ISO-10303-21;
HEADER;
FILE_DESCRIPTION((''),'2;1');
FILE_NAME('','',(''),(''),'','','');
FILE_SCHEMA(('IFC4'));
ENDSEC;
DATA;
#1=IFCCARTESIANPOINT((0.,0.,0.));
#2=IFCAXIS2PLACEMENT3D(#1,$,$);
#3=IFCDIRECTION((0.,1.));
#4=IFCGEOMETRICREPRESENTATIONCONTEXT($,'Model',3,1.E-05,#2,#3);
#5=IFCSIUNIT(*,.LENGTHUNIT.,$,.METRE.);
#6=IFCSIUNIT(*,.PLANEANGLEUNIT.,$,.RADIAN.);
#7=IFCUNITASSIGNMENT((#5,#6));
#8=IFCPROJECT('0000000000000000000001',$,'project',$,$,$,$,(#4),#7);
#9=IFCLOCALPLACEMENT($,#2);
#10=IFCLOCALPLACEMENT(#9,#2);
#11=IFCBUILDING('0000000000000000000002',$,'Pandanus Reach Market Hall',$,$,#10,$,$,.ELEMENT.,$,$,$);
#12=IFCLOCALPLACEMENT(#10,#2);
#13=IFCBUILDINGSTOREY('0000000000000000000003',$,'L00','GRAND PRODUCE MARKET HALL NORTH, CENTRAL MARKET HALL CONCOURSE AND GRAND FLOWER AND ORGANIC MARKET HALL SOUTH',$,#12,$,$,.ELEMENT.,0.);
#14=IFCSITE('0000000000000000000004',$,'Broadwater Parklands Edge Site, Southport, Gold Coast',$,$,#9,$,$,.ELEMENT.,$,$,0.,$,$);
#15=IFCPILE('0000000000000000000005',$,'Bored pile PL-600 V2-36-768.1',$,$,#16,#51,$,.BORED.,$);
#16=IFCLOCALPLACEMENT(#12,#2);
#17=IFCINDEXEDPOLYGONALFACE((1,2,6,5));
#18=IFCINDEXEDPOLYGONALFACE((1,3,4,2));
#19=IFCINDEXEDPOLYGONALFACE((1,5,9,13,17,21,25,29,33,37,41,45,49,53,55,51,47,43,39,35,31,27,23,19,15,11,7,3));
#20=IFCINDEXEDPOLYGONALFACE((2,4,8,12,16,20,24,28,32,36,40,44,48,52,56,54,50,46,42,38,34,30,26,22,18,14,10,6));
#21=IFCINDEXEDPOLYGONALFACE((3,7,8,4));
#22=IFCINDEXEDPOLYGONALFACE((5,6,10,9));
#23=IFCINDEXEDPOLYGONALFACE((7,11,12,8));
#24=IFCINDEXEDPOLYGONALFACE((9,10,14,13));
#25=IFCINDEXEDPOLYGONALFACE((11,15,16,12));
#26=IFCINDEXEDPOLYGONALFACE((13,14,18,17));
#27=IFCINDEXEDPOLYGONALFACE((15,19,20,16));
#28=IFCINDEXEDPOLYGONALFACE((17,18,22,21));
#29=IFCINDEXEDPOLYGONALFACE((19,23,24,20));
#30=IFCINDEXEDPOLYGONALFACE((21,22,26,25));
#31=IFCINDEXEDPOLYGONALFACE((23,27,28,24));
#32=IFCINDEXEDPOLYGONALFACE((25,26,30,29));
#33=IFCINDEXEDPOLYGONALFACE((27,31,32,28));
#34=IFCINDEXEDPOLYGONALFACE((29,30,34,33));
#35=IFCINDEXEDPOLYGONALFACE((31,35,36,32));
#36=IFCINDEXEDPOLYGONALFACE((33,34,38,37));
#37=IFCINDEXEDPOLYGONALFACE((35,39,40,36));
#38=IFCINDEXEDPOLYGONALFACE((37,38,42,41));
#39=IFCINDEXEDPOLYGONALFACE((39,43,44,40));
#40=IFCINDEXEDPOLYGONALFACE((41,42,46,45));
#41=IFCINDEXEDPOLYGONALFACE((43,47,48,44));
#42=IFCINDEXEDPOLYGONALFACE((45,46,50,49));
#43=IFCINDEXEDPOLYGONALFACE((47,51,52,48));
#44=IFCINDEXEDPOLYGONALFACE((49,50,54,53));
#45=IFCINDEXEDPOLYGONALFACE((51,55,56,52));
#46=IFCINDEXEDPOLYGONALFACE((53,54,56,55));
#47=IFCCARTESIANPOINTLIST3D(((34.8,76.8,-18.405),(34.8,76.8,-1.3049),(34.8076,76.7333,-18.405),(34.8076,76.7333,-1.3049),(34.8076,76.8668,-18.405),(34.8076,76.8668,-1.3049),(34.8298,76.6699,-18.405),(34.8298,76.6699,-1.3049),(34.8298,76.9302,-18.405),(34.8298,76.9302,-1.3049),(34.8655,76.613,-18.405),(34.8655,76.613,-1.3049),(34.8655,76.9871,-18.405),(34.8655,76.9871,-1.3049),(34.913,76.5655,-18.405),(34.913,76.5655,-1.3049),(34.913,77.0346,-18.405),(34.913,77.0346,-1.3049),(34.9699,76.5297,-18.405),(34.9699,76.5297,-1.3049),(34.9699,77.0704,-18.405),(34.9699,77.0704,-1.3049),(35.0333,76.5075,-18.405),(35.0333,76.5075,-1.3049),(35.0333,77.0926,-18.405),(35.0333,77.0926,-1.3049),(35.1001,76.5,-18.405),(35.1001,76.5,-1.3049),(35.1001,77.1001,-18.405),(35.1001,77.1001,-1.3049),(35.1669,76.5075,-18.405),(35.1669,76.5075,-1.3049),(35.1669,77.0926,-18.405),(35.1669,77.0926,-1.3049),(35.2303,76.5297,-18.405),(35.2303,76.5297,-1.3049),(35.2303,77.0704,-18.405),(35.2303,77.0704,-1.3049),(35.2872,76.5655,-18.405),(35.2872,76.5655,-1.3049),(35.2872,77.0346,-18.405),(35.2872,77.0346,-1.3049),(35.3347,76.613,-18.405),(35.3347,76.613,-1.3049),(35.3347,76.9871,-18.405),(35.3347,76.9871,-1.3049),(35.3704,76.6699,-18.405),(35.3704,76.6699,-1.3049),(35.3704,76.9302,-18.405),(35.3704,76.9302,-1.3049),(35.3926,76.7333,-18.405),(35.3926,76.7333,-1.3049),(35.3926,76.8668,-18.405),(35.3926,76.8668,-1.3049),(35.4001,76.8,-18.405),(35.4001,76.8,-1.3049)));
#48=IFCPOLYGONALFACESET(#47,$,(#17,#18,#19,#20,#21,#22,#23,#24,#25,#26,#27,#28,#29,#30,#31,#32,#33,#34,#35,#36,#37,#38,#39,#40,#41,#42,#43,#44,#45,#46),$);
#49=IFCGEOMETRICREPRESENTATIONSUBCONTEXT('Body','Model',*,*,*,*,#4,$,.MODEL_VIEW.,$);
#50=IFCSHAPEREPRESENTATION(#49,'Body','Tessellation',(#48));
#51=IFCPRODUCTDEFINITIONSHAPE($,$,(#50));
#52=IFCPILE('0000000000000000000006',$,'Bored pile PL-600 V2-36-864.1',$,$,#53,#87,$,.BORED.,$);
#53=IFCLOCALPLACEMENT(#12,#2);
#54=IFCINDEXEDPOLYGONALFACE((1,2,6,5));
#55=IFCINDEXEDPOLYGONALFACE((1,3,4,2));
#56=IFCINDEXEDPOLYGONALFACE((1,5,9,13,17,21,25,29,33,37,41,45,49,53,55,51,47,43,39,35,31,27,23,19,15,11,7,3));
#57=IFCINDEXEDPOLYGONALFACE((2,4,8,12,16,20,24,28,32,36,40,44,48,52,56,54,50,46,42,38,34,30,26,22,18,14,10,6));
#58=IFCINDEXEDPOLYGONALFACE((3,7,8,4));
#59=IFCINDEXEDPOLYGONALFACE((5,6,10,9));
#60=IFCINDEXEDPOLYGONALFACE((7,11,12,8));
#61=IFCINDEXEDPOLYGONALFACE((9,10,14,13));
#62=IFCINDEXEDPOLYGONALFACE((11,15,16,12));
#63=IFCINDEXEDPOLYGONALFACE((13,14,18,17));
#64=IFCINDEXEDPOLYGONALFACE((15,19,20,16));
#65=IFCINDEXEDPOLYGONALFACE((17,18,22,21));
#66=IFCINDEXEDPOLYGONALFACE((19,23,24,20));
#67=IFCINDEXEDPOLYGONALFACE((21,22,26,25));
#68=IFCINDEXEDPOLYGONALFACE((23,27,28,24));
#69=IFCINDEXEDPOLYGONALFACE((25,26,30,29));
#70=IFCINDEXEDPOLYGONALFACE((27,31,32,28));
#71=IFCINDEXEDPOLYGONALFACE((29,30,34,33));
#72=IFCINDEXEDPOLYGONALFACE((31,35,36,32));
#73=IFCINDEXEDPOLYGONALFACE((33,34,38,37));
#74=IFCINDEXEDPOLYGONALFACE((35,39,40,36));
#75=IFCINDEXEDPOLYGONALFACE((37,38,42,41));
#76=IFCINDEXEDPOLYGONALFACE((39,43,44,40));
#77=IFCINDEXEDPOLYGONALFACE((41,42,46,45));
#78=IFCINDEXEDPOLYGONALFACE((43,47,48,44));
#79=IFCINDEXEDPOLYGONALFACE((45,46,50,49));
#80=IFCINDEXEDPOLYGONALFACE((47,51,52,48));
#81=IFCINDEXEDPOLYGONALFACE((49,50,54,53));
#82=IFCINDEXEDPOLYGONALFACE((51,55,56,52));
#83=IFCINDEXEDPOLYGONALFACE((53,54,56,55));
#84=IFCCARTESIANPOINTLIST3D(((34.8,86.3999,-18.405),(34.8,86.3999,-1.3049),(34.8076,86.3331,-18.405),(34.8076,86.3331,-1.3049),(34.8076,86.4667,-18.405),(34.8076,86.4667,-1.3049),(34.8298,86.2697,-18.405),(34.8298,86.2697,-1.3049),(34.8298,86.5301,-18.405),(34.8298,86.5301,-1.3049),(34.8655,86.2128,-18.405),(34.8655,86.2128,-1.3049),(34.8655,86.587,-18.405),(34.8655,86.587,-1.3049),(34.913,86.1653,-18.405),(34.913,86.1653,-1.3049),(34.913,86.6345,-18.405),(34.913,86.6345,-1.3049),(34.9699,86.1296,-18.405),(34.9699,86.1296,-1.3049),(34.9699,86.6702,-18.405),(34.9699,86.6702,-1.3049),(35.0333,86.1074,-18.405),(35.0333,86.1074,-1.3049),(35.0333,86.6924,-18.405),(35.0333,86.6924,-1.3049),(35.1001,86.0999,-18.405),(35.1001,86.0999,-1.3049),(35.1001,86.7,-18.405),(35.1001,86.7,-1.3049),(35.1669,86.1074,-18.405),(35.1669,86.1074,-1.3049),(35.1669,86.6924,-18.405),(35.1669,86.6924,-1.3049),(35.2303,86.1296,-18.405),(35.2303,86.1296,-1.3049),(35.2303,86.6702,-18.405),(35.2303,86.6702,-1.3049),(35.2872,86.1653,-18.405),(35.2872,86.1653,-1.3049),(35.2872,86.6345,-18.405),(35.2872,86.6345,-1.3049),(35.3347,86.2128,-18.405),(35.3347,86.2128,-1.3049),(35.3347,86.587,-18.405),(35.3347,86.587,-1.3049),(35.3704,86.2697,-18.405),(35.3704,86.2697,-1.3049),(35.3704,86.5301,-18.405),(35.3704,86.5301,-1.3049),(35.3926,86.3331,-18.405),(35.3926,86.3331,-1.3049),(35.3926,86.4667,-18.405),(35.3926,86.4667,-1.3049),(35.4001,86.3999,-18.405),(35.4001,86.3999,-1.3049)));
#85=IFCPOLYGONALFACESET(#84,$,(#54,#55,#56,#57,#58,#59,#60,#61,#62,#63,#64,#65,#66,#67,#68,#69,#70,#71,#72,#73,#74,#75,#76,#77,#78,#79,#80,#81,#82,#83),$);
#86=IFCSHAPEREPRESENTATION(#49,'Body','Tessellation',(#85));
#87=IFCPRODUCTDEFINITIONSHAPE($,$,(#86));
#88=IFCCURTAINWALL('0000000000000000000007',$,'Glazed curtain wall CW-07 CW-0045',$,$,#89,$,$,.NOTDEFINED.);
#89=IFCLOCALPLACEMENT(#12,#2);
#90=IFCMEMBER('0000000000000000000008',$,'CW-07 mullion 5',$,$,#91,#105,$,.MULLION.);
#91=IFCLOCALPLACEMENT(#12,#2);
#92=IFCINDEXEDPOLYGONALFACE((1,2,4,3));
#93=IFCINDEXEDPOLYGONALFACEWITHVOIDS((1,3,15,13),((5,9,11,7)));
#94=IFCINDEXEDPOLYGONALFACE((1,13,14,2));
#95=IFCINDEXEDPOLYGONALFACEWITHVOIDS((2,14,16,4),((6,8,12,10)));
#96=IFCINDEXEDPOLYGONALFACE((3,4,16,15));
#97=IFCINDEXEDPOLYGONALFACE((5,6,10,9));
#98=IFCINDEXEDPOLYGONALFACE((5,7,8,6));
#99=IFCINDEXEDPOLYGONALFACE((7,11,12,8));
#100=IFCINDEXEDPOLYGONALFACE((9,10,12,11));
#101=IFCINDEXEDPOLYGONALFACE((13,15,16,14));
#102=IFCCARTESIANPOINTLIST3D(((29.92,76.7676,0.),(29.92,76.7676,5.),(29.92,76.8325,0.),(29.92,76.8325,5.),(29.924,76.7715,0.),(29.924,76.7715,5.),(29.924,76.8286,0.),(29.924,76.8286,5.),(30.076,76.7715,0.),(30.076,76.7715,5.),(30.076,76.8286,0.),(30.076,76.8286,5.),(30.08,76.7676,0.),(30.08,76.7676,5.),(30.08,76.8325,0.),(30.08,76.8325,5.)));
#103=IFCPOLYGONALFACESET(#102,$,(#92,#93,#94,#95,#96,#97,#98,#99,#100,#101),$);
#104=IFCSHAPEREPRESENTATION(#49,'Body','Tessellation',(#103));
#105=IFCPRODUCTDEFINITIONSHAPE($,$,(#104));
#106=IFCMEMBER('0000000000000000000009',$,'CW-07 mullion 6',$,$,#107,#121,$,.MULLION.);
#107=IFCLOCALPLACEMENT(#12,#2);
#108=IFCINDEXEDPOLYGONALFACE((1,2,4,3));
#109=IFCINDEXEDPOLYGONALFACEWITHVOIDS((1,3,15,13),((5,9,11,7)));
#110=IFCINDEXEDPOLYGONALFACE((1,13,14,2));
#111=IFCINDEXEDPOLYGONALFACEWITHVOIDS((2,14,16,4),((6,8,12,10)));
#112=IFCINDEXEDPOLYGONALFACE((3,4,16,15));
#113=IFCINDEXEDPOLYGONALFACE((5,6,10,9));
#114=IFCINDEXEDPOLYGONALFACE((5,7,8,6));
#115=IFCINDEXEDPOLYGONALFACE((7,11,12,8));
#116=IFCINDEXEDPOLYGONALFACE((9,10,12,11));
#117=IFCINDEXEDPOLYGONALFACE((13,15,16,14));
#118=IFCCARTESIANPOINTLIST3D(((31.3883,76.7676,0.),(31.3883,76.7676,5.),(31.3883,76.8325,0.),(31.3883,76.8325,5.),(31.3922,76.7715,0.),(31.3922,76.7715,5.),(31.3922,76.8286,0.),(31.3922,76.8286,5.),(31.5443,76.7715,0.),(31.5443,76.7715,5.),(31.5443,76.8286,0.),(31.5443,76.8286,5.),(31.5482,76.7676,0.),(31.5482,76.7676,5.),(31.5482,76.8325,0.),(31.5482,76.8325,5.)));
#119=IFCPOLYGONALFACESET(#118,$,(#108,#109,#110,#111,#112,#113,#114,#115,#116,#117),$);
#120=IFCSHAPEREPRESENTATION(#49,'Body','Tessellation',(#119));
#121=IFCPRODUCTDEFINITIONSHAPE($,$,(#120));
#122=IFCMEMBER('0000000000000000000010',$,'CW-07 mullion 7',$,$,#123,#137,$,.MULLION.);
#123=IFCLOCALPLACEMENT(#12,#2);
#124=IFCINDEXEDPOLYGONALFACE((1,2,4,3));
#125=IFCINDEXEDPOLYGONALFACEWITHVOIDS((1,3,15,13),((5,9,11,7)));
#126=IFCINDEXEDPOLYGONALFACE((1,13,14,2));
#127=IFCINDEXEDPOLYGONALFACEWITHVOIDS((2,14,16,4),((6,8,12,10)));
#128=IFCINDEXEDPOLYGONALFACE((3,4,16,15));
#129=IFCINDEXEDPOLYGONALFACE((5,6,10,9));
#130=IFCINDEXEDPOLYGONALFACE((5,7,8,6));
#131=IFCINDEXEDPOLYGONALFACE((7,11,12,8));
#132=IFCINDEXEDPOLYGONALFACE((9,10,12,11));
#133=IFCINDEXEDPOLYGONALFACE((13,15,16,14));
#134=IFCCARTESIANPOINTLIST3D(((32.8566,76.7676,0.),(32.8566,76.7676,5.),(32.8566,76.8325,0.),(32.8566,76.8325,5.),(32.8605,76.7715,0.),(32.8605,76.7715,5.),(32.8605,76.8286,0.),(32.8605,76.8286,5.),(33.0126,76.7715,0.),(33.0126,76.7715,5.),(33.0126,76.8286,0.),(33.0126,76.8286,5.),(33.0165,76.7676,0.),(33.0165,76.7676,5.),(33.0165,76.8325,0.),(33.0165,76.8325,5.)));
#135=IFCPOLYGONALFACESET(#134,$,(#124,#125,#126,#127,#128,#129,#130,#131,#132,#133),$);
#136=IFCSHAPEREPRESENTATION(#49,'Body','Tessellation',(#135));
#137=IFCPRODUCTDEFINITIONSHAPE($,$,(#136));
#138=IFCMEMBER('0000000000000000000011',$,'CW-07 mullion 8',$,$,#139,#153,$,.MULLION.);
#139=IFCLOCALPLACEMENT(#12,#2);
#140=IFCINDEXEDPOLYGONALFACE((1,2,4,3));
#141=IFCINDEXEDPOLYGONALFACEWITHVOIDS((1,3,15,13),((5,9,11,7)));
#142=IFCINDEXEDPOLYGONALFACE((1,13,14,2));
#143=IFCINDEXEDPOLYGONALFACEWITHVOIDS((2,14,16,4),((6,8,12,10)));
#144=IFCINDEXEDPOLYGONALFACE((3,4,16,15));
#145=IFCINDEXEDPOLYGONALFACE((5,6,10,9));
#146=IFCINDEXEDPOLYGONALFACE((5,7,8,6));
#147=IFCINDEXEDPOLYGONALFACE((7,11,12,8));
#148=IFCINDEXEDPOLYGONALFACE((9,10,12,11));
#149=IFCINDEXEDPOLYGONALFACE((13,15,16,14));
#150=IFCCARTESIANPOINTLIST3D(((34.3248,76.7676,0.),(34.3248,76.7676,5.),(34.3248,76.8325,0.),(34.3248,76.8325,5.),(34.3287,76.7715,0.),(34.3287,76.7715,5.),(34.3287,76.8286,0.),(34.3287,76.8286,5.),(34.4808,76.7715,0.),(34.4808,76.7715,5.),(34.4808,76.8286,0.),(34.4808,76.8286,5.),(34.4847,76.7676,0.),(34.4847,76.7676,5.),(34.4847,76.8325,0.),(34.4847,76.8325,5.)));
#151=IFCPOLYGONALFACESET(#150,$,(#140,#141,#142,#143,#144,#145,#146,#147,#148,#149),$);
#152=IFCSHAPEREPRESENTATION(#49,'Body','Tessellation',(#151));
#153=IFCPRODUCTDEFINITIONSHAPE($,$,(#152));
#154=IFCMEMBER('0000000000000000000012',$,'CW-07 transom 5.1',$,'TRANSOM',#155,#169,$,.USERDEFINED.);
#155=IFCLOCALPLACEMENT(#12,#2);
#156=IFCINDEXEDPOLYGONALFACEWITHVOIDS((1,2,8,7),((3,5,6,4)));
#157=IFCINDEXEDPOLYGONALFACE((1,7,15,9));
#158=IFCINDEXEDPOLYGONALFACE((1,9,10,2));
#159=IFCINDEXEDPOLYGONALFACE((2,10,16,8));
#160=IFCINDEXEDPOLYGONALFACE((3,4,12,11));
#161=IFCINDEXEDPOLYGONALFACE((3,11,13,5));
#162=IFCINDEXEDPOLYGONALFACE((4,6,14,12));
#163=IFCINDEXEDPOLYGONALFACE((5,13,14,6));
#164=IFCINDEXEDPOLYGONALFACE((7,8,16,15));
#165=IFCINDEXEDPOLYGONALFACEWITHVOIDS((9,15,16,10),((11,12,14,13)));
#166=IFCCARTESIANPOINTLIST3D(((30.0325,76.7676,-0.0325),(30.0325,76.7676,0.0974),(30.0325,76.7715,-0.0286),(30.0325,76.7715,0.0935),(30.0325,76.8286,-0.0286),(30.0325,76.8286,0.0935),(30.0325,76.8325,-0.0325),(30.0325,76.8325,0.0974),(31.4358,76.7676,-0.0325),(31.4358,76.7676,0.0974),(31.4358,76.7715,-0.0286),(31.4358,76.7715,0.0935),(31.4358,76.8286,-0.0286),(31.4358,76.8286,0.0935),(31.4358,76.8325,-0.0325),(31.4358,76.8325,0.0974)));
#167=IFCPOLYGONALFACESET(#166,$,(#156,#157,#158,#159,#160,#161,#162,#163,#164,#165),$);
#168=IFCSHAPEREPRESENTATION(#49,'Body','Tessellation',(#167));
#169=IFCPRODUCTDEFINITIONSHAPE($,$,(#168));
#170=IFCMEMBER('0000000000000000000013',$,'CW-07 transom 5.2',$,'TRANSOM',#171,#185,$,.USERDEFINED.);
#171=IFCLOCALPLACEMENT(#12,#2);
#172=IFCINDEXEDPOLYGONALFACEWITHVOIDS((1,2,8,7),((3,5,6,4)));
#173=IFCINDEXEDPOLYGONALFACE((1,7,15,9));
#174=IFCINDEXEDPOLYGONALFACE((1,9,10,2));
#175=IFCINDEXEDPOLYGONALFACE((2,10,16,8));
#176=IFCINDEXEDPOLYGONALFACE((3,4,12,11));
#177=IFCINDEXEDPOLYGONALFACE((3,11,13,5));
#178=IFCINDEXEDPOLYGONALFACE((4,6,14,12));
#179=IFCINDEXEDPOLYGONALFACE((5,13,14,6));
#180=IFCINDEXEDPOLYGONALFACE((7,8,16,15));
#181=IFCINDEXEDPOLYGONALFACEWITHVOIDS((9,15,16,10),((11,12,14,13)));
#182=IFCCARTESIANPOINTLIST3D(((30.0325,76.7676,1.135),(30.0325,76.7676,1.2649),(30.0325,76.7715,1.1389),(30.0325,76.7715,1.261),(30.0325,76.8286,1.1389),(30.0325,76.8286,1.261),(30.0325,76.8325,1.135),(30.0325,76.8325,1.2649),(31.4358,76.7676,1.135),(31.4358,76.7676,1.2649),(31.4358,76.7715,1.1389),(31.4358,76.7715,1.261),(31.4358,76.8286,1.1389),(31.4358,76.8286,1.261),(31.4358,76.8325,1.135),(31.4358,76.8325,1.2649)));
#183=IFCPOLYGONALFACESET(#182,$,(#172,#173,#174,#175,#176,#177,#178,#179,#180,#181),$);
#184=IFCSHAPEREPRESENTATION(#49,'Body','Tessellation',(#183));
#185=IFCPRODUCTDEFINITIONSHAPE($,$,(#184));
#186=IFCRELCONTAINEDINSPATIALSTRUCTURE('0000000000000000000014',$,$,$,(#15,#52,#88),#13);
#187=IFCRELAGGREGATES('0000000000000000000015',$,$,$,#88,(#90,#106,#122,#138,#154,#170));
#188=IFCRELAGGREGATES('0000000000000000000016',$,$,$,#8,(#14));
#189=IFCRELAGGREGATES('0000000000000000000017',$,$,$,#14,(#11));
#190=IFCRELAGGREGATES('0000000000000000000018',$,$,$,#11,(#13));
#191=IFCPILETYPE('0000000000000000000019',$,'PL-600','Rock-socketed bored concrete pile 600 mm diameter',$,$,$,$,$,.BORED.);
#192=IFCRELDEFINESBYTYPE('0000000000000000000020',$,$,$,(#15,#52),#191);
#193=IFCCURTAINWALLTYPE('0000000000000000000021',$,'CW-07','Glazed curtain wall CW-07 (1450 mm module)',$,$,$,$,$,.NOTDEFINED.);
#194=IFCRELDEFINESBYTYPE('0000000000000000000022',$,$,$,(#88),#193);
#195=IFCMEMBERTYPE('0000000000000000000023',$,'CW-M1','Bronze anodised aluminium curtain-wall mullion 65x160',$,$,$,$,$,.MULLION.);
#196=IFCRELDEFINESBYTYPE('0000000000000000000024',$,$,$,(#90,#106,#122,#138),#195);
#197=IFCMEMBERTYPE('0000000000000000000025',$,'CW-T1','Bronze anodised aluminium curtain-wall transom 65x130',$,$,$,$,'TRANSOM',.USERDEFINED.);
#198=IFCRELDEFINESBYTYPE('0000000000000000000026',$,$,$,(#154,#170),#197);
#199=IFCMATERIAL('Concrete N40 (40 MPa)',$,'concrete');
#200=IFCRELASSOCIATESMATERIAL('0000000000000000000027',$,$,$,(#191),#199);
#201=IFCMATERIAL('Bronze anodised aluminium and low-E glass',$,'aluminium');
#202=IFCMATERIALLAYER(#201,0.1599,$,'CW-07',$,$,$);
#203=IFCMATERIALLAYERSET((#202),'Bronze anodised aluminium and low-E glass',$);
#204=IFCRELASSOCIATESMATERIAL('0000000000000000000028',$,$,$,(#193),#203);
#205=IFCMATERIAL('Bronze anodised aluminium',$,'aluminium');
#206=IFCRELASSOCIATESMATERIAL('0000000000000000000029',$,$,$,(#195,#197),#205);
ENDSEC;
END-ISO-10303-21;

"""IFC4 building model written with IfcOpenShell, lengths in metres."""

from ifc_helpers import new_model, si_unit, direction, frame, origin, origin_2d, place, context, subcontext, project, spatial, hollow_rectangle, circle, extrude, material, layer, layer_set, material_profile, profile_set, type_object, element, aggregate, save


model = new_model("IFC4")

# Units and contexts
model_context = context("Model", 3, precision=1e-05, world=origin(), true_north=direction((0.0, 1.0)))
body_context = subcontext(model_context, "Body", "Model", "MODEL_VIEW")
ifc_project = project(units=[si_unit("LENGTHUNIT", "METRE"), si_unit("PLANEANGLEUNIT", "RADIAN")], contexts=[model_context])

# Site, building, storey
site_placement = place(None, origin())
site = spatial("IfcSite", under=ifc_project, at=site_placement, Name="Broadwater Parklands Edge Site, Southport, Gold Coast", CompositionType="ELEMENT", RefElevation=0.0)
building_placement = place(site_placement, origin())
building = spatial("IfcBuilding", under=site, at=building_placement, Name="Pandanus Reach Market Hall", CompositionType="ELEMENT")
storey_placement = place(building_placement, origin())
storey = spatial("IfcBuildingStorey", under=building, at=storey_placement, Name="L00", Description="GRAND PRODUCE MARKET HALL NORTH, CENTRAL MARKET HALL CONCOURSE AND GRAND FLOWER AND ORGANIC MARKET HALL SOUTH", CompositionType="ELEMENT", Elevation=0.0)

# Piles
ifc_material_1 = material(Name="Concrete N40 (40 MPa)", Category="concrete")
ifc_material_profile_1 = material_profile(ifc_material_1, circle(Radius=0.3, at=origin_2d()), Name="PILE-600D", Category="LoadBearing")
ifc_profile_set_1 = profile_set([ifc_material_profile_1], Name="Concrete N40 (40 MPa)")
pile_type = type_object("IfcPileType", Name="PL-600", Description="Rock-socketed bored concrete pile 600 mm diameter", PredefinedType="BORED", material=ifc_profile_set_1)
for number, where, z_axis, x_axis, name in (
    (1, (35.1001, 76.8, -1.3049), (0.0, 0.0, -1.0), (1.0, 0.0, 0.0), "Bored pile PL-600 V2-36-768.1"),
    (2, (35.1001, 86.3999, -1.3049), (0.0, 0.0, -1.0), (1.0, 0.0, 0.0), "Bored pile PL-600 V2-36-864.1"),
):
    element("IfcPile", number, at=place(storey_placement, frame(where, z_axis=z_axis, x_axis=x_axis)), inside=storey, type_object=pile_type, Name=name, PredefinedType="BORED", context=body_context, shape_type="SweptSolid", body=[
        extrude(circle(Radius=0.3, at=origin_2d()), origin(), (0.0, 0.0, 1.0), 17.1001),
    ])

# Curtain wall, members
ifc_material_2 = material(Name="Bronze anodised aluminium and low-E glass", Category="aluminium")
ifc_layer_1 = layer(ifc_material_2, 0.1599, Name="CW-07")
ifc_layer_set_1 = layer_set([ifc_layer_1], Name="Bronze anodised aluminium and low-E glass")
curtain_wall_type = type_object("IfcCurtainWallType", Name="CW-07", Description="Glazed curtain wall CW-07 (1450 mm module)", PredefinedType="NOTDEFINED", material=ifc_layer_set_1)
curtain_wall_placement = place(storey_placement, origin())
curtain_wall = element("IfcCurtainWall", 3, at=curtain_wall_placement, inside=storey, type_object=curtain_wall_type, Name="Glazed curtain wall CW-07 CW-0045", PredefinedType="NOTDEFINED")
ifc_material_3 = material(Name="Bronze anodised aluminium", Category="aluminium")
ifc_material_profile_2 = material_profile(ifc_material_3, hollow_rectangle(XDim=0.0649, YDim=0.1599, WallThickness=0.0039, at=origin_2d()), Name="ALU65x160", Category="LoadBearing")
ifc_profile_set_2 = profile_set([ifc_material_profile_2], Name="Bronze anodised aluminium")
member_type_1 = type_object("IfcMemberType", Name="CW-M1", Description="Bronze anodised aluminium curtain-wall mullion 65x160", PredefinedType="MULLION", material=ifc_profile_set_2)
member_1_placement = place(storey_placement, frame((30.0, 76.8, 0.0), z_axis=(0.0, 0.0, 1.0), x_axis=(0.0, 1.0, 0.0)))
member_1 = element("IfcMember", 4, at=member_1_placement, type_object=member_type_1, Name="CW-07 mullion 5", PredefinedType="MULLION", context=body_context, shape_type="SweptSolid", body=[
    extrude(hollow_rectangle(XDim=0.0649, YDim=0.1599, WallThickness=0.0039, at=origin_2d()), origin(), (0.0, 0.0, 1.0), 5.0),
])
member_2_placement = place(storey_placement, frame((31.4683, 76.8, 0.0), z_axis=(0.0, 0.0, 1.0), x_axis=(0.0, 1.0, 0.0)))
member_2 = element("IfcMember", 5, at=member_2_placement, type_object=member_type_1, Name="CW-07 mullion 6", PredefinedType="MULLION", context=body_context, shape_type="SweptSolid", body=[
    extrude(hollow_rectangle(XDim=0.0649, YDim=0.1599, WallThickness=0.0039, at=origin_2d()), origin(), (0.0, 0.0, 1.0), 5.0),
])
member_3_placement = place(storey_placement, frame((32.9365, 76.8, 0.0), z_axis=(0.0, 0.0, 1.0), x_axis=(0.0, 1.0, 0.0)))
member_3 = element("IfcMember", 6, at=member_3_placement, type_object=member_type_1, Name="CW-07 mullion 7", PredefinedType="MULLION", context=body_context, shape_type="SweptSolid", body=[
    extrude(hollow_rectangle(XDim=0.0649, YDim=0.1599, WallThickness=0.0039, at=origin_2d()), origin(), (0.0, 0.0, 1.0), 5.0),
])
member_4_placement = place(storey_placement, frame((34.4048, 76.8, 0.0), z_axis=(0.0, 0.0, 1.0), x_axis=(0.0, 1.0, 0.0)))
member_4 = element("IfcMember", 7, at=member_4_placement, type_object=member_type_1, Name="CW-07 mullion 8", PredefinedType="MULLION", context=body_context, shape_type="SweptSolid", body=[
    extrude(hollow_rectangle(XDim=0.0649, YDim=0.1599, WallThickness=0.0039, at=origin_2d()), origin(), (0.0, 0.0, 1.0), 5.0),
])
ifc_material_profile_3 = material_profile(ifc_material_3, hollow_rectangle(XDim=0.0649, YDim=0.1299, WallThickness=0.0039, at=origin_2d()), Name="ALU65x130", Category="LoadBearing")
ifc_profile_set_3 = profile_set([ifc_material_profile_3], Name="Bronze anodised aluminium")
member_type_2 = type_object("IfcMemberType", Name="CW-T1", Description="Bronze anodised aluminium curtain-wall transom 65x130", ElementType="TRANSOM", PredefinedType="USERDEFINED", material=ifc_profile_set_3)
member_5_placement = place(storey_placement, frame((30.0325, 76.8, 0.0325), z_axis=(1.0, 0.0, 0.0), x_axis=(0.0, 1.0, 0.0)))
member_5 = element("IfcMember", 8, at=member_5_placement, type_object=member_type_2, Name="CW-07 transom 5.1", ObjectType="TRANSOM", PredefinedType="USERDEFINED", context=body_context, shape_type="SweptSolid", body=[
    extrude(hollow_rectangle(XDim=0.0649, YDim=0.1299, WallThickness=0.0039, at=origin_2d()), origin(), (0.0, 0.0, 1.0), 1.4033),
])
member_6_placement = place(storey_placement, frame((30.0325, 76.8, 1.2), z_axis=(1.0, 0.0, 0.0), x_axis=(0.0, 1.0, 0.0)))
member_6 = element("IfcMember", 9, at=member_6_placement, type_object=member_type_2, Name="CW-07 transom 5.2", ObjectType="TRANSOM", PredefinedType="USERDEFINED", context=body_context, shape_type="SweptSolid", body=[
    extrude(hollow_rectangle(XDim=0.0649, YDim=0.1299, WallThickness=0.0039, at=origin_2d()), origin(), (0.0, 0.0, 1.0), 1.4033),
])

aggregate(curtain_wall, [member_1, member_2, member_3, member_4, member_5, member_6])

save(model, "model.ifc")
